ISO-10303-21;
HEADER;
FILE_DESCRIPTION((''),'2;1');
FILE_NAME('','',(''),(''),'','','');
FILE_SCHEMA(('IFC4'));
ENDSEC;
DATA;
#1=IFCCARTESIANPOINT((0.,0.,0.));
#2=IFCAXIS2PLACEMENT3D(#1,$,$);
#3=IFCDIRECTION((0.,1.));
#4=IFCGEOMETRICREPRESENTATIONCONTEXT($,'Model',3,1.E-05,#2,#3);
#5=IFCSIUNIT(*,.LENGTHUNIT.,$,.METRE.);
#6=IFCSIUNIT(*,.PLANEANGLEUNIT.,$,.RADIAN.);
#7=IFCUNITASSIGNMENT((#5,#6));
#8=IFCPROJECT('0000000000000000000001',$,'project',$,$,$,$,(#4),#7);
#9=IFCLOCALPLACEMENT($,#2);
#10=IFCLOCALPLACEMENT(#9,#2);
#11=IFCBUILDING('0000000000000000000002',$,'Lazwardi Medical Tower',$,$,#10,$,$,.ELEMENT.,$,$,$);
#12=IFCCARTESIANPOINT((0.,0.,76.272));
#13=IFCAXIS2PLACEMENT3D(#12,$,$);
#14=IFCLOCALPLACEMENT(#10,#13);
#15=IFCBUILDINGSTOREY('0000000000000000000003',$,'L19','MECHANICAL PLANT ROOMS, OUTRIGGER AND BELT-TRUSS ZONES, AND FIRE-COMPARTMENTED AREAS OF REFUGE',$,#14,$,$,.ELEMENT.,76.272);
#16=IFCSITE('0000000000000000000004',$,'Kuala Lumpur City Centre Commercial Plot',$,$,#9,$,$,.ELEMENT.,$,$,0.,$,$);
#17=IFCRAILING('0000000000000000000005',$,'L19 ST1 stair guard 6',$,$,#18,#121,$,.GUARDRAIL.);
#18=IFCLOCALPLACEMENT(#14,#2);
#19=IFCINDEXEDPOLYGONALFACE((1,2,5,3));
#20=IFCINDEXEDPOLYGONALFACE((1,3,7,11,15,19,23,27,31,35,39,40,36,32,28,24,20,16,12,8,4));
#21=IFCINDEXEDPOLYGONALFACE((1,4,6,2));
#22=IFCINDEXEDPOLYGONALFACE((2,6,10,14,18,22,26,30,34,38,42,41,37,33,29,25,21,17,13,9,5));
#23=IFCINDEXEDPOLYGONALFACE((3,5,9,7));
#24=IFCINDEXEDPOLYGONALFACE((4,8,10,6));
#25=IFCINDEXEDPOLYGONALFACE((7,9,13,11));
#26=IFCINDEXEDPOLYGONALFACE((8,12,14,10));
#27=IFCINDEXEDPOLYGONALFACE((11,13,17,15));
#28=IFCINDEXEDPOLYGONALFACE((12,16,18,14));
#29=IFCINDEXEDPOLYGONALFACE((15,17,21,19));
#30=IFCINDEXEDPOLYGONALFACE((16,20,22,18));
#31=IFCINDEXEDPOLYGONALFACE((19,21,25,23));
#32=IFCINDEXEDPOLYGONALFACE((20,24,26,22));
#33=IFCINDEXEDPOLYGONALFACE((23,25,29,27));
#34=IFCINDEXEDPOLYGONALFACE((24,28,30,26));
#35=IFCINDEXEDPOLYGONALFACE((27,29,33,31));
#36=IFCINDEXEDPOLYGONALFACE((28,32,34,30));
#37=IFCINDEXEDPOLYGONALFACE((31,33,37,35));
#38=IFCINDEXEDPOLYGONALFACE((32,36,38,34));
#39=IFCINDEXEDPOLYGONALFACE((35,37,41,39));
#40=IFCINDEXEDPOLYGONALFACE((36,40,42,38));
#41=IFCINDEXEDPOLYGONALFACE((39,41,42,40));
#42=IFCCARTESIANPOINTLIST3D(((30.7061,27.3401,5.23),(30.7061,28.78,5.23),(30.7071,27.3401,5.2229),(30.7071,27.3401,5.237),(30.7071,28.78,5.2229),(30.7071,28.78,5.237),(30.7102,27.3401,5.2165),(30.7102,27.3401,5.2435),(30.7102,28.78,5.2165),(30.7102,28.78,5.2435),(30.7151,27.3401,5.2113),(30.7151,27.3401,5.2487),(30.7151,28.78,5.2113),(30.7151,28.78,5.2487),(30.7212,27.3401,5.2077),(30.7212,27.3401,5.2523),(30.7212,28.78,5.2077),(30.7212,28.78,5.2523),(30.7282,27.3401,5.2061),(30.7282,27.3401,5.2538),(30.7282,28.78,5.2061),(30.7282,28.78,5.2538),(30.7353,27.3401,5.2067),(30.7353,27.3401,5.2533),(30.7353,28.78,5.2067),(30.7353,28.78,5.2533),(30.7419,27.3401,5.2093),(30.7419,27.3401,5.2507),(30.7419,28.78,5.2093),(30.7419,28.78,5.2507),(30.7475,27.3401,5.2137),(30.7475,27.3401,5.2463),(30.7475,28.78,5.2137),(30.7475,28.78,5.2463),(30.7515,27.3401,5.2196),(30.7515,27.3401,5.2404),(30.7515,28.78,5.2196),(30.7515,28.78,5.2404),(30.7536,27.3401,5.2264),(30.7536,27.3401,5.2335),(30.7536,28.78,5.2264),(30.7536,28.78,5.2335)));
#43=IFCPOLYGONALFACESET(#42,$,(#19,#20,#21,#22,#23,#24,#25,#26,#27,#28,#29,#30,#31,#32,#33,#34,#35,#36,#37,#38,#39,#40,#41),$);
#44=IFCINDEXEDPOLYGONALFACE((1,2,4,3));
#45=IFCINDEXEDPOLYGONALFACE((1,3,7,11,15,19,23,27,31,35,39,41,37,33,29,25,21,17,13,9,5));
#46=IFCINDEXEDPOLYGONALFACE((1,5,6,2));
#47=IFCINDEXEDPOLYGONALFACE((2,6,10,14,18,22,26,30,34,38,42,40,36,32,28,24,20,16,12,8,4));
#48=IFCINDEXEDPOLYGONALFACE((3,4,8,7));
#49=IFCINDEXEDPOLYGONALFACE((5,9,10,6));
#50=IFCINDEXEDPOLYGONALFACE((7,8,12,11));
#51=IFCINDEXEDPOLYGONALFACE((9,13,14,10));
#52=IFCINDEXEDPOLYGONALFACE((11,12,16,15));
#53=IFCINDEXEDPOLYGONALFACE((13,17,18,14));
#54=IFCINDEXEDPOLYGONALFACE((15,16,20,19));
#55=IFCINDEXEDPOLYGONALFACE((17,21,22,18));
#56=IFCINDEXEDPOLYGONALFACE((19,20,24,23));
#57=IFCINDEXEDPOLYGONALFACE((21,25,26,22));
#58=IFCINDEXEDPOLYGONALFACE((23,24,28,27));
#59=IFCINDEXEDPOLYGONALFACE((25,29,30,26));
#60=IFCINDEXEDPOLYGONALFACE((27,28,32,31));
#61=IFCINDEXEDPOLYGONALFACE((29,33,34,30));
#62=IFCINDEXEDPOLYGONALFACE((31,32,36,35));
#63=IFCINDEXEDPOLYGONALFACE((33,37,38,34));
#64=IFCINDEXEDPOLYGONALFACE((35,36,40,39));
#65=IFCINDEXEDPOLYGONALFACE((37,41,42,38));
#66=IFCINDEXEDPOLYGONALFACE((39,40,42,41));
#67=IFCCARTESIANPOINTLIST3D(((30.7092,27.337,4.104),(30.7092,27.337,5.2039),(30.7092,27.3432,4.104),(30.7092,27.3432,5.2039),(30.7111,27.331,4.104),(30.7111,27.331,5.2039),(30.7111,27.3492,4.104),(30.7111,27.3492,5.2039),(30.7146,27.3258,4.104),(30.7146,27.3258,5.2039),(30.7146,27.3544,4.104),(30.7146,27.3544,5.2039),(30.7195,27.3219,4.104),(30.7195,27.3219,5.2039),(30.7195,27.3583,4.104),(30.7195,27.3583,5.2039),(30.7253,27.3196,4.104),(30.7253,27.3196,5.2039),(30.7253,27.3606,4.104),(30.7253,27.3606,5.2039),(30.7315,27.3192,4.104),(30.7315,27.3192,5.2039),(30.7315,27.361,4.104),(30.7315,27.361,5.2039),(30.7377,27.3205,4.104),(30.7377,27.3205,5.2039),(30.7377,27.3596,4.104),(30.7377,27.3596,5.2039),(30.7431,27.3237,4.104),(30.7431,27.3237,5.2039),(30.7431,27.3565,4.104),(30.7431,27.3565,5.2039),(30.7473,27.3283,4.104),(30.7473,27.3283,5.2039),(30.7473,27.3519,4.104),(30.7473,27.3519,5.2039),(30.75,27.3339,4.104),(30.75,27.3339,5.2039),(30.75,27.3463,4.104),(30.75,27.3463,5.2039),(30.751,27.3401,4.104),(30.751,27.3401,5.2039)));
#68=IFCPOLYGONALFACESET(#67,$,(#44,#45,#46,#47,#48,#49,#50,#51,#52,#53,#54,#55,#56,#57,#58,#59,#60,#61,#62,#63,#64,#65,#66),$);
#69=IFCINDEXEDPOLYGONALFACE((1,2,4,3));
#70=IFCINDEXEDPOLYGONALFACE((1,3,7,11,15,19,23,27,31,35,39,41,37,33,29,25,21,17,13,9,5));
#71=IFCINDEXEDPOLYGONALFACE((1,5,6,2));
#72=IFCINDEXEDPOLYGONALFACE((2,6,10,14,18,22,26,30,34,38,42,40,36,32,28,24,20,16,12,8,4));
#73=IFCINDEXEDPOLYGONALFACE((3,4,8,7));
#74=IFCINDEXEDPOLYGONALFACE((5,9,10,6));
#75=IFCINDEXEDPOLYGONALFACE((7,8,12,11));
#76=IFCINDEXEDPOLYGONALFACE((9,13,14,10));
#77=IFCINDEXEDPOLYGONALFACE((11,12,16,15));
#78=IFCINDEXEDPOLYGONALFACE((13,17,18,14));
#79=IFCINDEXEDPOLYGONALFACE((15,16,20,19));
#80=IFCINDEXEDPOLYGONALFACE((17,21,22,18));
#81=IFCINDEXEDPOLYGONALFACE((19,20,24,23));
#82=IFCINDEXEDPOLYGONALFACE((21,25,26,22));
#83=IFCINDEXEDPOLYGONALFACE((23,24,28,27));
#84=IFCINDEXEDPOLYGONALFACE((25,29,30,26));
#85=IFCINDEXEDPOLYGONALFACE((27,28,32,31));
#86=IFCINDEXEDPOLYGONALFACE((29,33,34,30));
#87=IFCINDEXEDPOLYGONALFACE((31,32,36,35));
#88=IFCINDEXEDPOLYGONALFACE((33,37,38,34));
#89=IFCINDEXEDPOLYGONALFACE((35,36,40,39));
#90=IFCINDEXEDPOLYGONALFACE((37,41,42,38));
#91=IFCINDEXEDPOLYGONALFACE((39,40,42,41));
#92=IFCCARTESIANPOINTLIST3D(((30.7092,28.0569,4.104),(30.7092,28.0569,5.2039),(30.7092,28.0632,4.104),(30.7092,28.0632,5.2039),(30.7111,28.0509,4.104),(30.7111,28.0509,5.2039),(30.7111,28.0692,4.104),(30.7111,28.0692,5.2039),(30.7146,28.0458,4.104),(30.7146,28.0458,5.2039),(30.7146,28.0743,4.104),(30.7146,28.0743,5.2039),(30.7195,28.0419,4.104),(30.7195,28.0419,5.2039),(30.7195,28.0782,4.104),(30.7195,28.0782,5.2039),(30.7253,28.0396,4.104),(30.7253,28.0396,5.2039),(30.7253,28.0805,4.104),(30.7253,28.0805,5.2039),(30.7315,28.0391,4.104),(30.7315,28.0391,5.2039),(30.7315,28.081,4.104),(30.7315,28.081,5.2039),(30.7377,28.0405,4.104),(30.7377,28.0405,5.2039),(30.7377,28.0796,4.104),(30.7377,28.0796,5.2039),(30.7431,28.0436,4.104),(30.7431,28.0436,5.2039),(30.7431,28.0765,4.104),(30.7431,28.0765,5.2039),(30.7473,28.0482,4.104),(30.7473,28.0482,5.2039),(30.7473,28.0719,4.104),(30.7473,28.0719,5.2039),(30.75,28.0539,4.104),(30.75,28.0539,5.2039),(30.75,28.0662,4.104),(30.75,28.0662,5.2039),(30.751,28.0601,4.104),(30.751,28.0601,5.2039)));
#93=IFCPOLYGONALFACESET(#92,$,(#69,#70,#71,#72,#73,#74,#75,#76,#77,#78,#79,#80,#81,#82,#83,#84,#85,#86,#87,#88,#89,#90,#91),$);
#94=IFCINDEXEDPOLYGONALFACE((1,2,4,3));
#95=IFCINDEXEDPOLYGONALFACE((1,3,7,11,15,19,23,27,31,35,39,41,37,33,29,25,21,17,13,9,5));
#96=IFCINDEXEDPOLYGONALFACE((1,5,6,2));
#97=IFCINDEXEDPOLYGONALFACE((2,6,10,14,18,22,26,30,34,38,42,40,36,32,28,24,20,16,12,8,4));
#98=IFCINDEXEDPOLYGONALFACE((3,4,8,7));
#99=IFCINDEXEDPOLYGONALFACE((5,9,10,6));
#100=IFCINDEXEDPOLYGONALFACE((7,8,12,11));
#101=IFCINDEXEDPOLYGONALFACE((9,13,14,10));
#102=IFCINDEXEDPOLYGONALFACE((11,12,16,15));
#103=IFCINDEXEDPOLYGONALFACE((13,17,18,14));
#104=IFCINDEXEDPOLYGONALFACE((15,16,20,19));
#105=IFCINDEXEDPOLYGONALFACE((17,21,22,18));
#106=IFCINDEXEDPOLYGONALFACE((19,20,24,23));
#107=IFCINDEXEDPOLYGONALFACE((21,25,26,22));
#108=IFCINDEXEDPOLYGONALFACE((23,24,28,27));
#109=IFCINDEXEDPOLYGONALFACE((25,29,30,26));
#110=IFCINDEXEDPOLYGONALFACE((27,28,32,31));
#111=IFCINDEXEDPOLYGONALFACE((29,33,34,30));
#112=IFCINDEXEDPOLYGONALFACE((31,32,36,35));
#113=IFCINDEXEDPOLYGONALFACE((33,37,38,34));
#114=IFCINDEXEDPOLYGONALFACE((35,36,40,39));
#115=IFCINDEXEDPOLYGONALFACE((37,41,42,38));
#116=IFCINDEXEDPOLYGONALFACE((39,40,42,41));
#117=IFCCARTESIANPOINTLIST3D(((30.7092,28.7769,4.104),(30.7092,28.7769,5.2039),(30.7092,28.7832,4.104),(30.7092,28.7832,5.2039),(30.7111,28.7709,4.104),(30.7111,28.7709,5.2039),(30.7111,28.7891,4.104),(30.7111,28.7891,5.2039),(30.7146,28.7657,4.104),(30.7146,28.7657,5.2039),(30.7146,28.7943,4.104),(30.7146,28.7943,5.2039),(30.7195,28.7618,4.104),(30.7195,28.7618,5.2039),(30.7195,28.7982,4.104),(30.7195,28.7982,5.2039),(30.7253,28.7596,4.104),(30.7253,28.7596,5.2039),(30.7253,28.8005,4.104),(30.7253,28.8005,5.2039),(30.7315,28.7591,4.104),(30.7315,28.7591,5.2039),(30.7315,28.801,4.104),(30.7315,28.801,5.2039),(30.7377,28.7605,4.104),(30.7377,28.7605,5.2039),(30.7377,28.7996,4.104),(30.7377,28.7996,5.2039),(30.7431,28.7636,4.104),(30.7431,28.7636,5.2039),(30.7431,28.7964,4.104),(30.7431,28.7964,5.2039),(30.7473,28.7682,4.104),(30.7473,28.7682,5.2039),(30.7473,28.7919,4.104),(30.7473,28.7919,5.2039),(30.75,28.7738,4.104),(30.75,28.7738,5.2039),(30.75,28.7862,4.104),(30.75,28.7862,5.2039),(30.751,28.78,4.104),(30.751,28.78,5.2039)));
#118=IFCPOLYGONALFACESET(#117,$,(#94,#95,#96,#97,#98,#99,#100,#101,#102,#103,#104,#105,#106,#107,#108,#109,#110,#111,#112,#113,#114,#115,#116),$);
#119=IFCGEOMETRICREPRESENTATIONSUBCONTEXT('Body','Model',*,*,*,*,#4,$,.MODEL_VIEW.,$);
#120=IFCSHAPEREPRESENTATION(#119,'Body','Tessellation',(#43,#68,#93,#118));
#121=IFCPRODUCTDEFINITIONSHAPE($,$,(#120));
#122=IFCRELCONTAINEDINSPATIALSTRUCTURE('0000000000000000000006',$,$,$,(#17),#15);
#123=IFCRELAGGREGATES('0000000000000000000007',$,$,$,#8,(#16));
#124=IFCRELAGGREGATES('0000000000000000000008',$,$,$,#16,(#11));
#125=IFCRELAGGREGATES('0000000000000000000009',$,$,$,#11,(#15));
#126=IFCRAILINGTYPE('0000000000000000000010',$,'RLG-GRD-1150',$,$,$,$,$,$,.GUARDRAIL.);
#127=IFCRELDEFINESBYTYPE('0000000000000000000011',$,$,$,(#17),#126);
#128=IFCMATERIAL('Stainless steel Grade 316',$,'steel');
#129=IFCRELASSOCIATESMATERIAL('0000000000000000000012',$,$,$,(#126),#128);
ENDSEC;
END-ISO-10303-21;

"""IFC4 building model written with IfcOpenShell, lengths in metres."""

from ifc_helpers import new_model, si_unit, direction, frame, origin, origin_2d, place, context, subcontext, project, spatial, circle, extrude, material, type_object, element, save


model = new_model("IFC4")

# Units and contexts
model_context = context("Model", 3, precision=1e-05, world=origin(), true_north=direction((0.0, 1.0)))
body_context = subcontext(model_context, "Body", "Model", "MODEL_VIEW")
ifc_project = project(units=[si_unit("LENGTHUNIT", "METRE"), si_unit("PLANEANGLEUNIT", "RADIAN")], contexts=[model_context])

# Site, building, storey
site_placement = place(None, origin())
site = spatial("IfcSite", under=ifc_project, at=site_placement, Name="Kuala Lumpur City Centre Commercial Plot", CompositionType="ELEMENT", RefElevation=0.0)
building_placement = place(site_placement, origin())
building = spatial("IfcBuilding", under=site, at=building_placement, Name="Lazwardi Medical Tower", CompositionType="ELEMENT")
storey_placement = place(building_placement, frame((0.0, 0.0, 76.272)))
storey = spatial("IfcBuildingStorey", under=building, at=storey_placement, Name="L19", Description="MECHANICAL PLANT ROOMS, OUTRIGGER AND BELT-TRUSS ZONES, AND FIRE-COMPARTMENTED AREAS OF REFUGE", CompositionType="ELEMENT", Elevation=76.272)

# Railing
ifc_material_1 = material(Name="Stainless steel Grade 316", Category="steel")
railing_type_1 = type_object("IfcRailingType", Name="RLG-GRD-1150", PredefinedType="GUARDRAIL", material=ifc_material_1)
railing_1_placement = place(storey_placement, frame((30.73, 27.3401, 4.104)))
element("IfcRailing", 1, at=railing_1_placement, inside=storey, type_object=railing_type_1, Name="L19 ST1 stair guard 6", PredefinedType="GUARDRAIL", context=body_context, shape_type="SweptSolid", body=[
    extrude(circle(Radius=0.0239, at=origin_2d()), frame((0.0, 0.0, 1.126), z_axis=(0.0, 1.0, 0.0), x_axis=(-1.0, 0.0, 0.0)), (0.0, 0.0, 1.0), 1.4399),
    extrude(circle(Radius=0.021, at=origin_2d()), origin(), (0.0, 0.0, 1.0), 1.0999),
    extrude(circle(Radius=0.021, at=origin_2d()), frame((0.0, 0.72, 0.0)), (0.0, 0.0, 1.0), 1.0999),
    extrude(circle(Radius=0.021, at=origin_2d()), frame((0.0, 1.4399, 0.0)), (0.0, 0.0, 1.0), 1.0999),
])

save(model, "model.ifc")
